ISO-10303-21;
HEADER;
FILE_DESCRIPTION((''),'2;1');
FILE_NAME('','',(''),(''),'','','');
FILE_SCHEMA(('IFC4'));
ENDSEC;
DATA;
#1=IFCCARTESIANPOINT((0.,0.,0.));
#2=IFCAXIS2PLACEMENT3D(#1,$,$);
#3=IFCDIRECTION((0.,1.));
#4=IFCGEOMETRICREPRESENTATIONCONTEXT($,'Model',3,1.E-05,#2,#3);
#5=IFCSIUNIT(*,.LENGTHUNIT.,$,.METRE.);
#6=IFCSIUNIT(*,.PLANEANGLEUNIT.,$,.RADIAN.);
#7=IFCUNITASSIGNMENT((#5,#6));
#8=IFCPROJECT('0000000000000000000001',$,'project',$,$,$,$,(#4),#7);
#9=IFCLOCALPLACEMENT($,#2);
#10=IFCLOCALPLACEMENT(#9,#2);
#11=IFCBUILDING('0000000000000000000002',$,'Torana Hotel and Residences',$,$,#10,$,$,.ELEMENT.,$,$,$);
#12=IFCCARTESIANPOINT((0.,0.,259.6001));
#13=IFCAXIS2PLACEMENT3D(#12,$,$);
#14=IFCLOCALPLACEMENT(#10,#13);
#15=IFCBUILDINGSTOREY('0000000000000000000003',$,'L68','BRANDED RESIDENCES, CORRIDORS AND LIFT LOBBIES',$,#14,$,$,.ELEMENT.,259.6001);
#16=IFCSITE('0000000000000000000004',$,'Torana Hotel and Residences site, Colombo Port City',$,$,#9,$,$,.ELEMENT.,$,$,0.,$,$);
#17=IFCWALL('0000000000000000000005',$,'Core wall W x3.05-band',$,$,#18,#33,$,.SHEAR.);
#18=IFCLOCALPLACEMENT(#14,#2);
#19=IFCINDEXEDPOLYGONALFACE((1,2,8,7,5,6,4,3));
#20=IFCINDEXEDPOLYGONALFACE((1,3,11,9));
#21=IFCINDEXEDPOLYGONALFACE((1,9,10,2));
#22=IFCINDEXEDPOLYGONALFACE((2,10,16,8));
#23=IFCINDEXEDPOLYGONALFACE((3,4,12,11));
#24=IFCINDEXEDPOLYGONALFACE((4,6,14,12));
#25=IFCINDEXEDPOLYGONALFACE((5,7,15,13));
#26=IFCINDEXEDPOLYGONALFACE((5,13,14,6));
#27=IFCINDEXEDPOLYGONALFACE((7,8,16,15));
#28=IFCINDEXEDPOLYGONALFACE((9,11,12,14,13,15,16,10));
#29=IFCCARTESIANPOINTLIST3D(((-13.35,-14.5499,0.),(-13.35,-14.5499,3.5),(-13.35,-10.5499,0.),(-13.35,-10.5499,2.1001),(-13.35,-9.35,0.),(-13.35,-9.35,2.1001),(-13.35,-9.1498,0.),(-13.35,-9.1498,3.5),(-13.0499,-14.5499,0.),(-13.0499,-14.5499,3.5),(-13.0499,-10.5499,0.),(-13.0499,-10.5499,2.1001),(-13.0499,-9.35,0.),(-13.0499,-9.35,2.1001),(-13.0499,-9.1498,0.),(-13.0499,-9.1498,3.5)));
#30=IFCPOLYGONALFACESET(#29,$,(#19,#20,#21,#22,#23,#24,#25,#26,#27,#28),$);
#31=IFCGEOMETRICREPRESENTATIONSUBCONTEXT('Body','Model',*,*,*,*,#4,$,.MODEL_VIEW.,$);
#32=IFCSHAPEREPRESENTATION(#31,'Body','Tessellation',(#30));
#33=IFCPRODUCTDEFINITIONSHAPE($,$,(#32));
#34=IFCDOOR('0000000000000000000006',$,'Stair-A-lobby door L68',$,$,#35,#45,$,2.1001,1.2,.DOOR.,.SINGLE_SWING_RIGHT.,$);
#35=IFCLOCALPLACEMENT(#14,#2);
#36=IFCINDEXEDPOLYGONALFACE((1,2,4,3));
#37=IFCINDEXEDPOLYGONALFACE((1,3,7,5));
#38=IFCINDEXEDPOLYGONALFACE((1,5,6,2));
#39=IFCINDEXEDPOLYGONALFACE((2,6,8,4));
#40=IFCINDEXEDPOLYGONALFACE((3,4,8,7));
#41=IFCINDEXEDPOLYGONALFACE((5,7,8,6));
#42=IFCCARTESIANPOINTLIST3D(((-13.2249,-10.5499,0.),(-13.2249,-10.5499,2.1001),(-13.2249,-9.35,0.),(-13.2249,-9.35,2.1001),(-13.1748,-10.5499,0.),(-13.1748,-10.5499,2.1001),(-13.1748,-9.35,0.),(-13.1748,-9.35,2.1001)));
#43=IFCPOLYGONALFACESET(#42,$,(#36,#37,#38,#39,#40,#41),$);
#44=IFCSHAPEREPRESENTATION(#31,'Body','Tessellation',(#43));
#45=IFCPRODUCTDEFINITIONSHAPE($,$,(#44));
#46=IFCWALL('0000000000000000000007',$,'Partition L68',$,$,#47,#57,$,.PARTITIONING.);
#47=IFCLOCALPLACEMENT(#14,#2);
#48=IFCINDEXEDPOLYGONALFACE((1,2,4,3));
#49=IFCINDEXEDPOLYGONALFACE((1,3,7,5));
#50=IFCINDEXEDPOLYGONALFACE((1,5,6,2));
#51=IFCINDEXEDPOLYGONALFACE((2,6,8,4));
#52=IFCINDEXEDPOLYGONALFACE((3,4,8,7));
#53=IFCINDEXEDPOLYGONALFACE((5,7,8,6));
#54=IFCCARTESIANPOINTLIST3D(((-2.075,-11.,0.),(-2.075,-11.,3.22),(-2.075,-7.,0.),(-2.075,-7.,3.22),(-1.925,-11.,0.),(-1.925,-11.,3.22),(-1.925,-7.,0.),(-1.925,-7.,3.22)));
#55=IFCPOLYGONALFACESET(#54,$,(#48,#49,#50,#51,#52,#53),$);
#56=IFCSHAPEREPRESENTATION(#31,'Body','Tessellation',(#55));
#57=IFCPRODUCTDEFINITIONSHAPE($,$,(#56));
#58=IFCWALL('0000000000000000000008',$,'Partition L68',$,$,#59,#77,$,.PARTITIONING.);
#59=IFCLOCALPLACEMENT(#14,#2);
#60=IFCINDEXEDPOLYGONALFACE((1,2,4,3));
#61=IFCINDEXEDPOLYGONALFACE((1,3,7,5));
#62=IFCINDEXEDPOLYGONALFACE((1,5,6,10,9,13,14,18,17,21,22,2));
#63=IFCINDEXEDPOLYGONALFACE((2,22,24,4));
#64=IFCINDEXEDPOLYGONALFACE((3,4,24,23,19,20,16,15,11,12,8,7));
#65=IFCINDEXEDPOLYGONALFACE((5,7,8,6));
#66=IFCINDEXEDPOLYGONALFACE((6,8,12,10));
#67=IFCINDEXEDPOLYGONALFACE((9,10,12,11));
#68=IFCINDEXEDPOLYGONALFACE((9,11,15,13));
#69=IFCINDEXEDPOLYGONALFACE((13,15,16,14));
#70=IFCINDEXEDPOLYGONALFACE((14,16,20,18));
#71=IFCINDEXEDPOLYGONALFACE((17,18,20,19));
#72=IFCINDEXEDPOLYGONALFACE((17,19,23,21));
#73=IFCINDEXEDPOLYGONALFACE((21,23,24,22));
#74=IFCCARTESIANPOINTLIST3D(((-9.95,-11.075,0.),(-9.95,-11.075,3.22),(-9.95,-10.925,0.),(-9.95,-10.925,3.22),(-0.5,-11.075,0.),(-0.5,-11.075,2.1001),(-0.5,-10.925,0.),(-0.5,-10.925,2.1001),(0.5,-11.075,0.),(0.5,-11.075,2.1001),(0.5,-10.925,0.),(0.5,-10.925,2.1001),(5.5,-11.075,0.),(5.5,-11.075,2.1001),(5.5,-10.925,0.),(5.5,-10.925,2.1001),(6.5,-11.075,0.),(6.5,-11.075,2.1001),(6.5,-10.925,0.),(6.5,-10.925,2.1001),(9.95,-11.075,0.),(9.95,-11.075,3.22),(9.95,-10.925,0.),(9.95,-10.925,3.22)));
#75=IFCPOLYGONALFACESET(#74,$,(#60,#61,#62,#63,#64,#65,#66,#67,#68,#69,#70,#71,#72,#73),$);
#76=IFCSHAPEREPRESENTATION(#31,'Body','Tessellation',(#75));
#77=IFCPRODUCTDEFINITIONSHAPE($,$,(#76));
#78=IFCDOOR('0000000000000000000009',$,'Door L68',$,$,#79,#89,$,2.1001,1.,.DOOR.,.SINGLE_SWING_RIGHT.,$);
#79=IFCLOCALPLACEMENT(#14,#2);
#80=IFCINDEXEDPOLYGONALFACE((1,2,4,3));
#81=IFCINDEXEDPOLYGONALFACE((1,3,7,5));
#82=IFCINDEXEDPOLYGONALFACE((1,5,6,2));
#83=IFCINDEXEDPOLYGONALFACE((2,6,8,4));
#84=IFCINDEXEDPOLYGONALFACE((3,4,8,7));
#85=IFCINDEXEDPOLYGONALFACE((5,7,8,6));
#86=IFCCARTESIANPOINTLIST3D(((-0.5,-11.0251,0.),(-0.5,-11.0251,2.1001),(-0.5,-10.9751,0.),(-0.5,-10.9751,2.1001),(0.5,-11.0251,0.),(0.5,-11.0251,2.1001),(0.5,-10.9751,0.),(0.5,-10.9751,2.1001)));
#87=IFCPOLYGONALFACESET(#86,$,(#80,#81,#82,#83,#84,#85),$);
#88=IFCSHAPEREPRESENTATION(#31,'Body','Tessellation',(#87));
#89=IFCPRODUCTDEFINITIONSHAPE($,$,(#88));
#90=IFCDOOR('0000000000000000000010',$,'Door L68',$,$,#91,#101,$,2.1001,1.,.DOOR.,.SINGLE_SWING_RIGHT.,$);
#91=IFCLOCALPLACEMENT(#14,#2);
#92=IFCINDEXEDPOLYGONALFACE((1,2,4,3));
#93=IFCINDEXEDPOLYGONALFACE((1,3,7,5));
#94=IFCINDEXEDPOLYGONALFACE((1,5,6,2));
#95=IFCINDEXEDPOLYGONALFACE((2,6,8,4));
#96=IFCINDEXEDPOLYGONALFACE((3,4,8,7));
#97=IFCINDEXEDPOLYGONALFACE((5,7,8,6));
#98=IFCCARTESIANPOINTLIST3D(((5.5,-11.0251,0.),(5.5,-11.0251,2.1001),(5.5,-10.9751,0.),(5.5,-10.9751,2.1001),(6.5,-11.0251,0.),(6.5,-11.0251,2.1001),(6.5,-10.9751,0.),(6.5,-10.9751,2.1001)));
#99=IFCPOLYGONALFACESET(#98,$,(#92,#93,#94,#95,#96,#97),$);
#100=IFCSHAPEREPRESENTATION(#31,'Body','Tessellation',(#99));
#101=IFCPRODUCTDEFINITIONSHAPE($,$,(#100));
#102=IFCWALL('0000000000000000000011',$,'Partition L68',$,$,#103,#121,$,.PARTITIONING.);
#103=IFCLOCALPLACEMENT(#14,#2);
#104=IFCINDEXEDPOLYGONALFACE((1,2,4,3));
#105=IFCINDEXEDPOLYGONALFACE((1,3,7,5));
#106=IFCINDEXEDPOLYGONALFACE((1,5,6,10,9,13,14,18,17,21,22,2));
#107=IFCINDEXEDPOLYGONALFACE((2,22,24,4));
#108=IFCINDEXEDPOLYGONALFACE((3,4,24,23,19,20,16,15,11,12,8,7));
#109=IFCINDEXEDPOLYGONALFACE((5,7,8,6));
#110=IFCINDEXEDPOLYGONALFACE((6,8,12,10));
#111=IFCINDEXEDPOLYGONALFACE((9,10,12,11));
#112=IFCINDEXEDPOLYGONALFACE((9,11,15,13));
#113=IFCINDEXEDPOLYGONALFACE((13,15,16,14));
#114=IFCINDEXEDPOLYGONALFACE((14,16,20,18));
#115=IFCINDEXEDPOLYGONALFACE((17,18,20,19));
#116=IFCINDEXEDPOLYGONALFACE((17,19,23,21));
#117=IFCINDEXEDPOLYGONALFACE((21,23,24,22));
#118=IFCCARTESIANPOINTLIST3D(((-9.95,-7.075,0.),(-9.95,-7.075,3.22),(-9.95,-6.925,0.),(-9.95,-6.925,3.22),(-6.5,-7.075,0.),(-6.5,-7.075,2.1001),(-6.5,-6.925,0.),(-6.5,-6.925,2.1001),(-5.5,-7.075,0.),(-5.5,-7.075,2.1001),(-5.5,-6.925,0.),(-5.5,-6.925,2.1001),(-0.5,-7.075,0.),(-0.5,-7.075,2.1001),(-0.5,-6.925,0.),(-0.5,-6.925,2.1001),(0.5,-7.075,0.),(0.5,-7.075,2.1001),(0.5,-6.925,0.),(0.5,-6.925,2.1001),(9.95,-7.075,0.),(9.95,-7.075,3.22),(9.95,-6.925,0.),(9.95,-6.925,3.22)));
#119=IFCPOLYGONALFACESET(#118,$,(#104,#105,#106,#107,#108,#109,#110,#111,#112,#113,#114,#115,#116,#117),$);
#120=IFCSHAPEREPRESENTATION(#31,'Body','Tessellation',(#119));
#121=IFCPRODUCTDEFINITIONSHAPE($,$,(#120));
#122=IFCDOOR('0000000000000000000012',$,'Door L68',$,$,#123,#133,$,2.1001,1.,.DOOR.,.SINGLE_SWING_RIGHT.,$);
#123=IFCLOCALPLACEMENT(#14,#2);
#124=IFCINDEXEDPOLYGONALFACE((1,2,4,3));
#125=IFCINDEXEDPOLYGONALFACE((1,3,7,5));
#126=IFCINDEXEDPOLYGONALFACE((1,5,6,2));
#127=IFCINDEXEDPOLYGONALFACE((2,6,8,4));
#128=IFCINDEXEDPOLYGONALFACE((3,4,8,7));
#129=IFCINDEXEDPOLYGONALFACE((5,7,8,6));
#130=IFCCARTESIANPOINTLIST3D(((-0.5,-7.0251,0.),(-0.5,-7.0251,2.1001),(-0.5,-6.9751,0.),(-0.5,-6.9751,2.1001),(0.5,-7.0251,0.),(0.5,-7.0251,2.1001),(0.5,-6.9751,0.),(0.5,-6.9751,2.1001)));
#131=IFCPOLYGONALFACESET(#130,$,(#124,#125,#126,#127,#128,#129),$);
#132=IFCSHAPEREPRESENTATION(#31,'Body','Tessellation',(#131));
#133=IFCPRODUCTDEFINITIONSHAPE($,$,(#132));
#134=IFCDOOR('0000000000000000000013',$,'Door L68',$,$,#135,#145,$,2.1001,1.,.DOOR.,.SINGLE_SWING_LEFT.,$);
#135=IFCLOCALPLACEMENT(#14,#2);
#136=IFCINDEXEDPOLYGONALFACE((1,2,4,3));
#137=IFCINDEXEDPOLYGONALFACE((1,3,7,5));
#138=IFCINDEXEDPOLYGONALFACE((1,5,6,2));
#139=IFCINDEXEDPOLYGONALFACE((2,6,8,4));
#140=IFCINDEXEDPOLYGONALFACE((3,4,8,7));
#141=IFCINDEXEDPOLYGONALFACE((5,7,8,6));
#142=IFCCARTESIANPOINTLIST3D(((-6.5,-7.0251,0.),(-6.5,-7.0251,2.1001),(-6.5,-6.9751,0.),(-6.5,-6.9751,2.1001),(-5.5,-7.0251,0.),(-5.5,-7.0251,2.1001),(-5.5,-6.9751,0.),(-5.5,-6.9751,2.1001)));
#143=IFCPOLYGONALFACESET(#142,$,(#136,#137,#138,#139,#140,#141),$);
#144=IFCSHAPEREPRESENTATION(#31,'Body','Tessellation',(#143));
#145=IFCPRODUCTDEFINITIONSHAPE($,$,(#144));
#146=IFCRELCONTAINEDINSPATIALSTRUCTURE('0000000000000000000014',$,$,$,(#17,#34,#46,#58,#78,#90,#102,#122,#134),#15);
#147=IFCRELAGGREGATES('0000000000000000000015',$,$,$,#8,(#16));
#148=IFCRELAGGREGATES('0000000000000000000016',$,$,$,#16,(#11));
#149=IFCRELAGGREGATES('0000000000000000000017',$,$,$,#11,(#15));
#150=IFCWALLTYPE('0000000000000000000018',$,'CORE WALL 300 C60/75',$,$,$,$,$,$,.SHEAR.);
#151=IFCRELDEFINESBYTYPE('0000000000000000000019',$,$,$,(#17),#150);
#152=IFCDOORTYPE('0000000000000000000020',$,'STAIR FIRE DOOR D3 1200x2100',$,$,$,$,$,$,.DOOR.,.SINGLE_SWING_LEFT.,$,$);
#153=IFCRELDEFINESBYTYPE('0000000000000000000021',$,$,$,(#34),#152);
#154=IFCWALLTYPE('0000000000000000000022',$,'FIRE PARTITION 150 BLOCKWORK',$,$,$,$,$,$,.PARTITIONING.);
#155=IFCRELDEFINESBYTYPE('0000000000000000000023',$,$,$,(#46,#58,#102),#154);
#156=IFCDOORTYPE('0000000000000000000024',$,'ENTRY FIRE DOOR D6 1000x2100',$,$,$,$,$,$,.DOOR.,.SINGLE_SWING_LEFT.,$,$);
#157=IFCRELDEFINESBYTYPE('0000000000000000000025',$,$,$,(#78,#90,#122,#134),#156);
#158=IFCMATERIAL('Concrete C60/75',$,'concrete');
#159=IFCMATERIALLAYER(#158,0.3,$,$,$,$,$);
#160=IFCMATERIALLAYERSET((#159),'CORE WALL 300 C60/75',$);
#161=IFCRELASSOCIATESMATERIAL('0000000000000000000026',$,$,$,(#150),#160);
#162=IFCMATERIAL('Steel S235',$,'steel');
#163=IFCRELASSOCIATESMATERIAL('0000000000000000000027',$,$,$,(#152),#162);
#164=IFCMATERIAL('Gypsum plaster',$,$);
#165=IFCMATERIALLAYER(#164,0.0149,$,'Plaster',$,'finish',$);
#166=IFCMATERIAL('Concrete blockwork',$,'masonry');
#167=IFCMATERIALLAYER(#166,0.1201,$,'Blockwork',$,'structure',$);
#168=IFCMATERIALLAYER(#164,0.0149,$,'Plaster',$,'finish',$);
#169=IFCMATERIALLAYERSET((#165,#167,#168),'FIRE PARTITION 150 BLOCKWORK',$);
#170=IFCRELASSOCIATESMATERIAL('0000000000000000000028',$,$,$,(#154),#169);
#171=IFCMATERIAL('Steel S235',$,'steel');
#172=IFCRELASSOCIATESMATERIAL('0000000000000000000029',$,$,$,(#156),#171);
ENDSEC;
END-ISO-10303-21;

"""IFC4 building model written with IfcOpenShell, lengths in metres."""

from ifc_helpers import new_model, si_unit, direction, frame, frame_2d, origin, place, context, subcontext, project, spatial, rectangle, extrude, material, layer, layer_set, type_object, element, fill, save


model = new_model("IFC4")

# Units and contexts
model_context = context("Model", 3, precision=1e-05, world=origin(), true_north=direction((0.0, 1.0)))
body_context = subcontext(model_context, "Body", "Model", "MODEL_VIEW")
ifc_project = project(units=[si_unit("LENGTHUNIT", "METRE"), si_unit("PLANEANGLEUNIT", "RADIAN")], contexts=[model_context])

# Site, building, storey
site_placement = place(None, origin())
site = spatial("IfcSite", under=ifc_project, at=site_placement, Name="Torana Hotel and Residences site, Colombo Port City", CompositionType="ELEMENT", RefElevation=0.0)
building_placement = place(site_placement, origin())
building = spatial("IfcBuilding", under=site, at=building_placement, Name="Torana Hotel and Residences", CompositionType="ELEMENT")
storey_placement = place(building_placement, frame((0.0, 0.0, 259.6001)))
storey = spatial("IfcBuildingStorey", under=building, at=storey_placement, Name="L68", Description="BRANDED RESIDENCES, CORRIDORS AND LIFT LOBBIES", CompositionType="ELEMENT", Elevation=259.6001)

# Shared definitions
ifc_material_1 = material(Name="Concrete C60/75", Category="concrete")
ifc_layer_1 = layer(ifc_material_1, 0.3)
ifc_layer_set_1 = layer_set([ifc_layer_1], Name="CORE WALL 300 C60/75")
wall_type_1 = type_object("IfcWallType", Name="CORE WALL 300 C60/75", PredefinedType="SHEAR", material=ifc_layer_set_1)

# Wall, opening, door
wall_1_placement = place(storey_placement, frame((-13.2, -14.55, 0.0), z_axis=(0.0, 0.0, 1.0), x_axis=(0.0, 1.0, 0.0)))
wall_1 = element("IfcWall", 1, at=wall_1_placement, inside=storey, type_object=wall_type_1, Name="Core wall W x3.05-band", PredefinedType="SHEAR", context=body_context, shape_type="SweptSolid", body=[
    extrude(rectangle(XDim=5.4001, YDim=0.3, at=frame_2d((2.7002, 0.0))), origin(), (0.0, 0.0, 1.0), 3.5),
])
opening_1_placement = place(wall_1_placement, frame((4.0, 0.0, 0.0)))
opening_1 = element("IfcOpeningElement", 2, at=opening_1_placement, cuts=wall_1, PredefinedType="OPENING", context=body_context, shape_type="SweptSolid", body=[
    extrude(rectangle(XDim=1.2, YDim=2.1001, at=frame_2d((0.6001, 1.05))), frame((0.0, 0.1599, 0.0), z_axis=(0.0, -1.0, 0.0), x_axis=(1.0, 0.0, 0.0)), (0.0, 0.0, 1.0), 0.3201),
])
ifc_material_2 = material(Name="Steel S235", Category="steel")
door_type_1 = type_object("IfcDoorType", Name="STAIR FIRE DOOR D3 1200x2100", OperationType="SINGLE_SWING_LEFT", PredefinedType="DOOR", material=ifc_material_2)
door_1_placement = place(opening_1_placement, frame((0.6001, 0.0, 0.0), z_axis=(0.0, 0.0, 1.0), x_axis=(-1.0, 0.0, 0.0)))
door_1 = element("IfcDoor", 3, at=door_1_placement, inside=storey, type_object=door_type_1, Name="Stair-A-lobby door L68", OperationType="SINGLE_SWING_RIGHT", OverallHeight=2.1001, OverallWidth=1.2, PredefinedType="DOOR", context=body_context, shape_type="SweptSolid", body=[
    extrude(rectangle(XDim=1.2, YDim=2.1001, at=frame_2d((0.0, 1.05))), frame((0.0, -0.0249, 0.0), z_axis=(0.0, 1.0, 0.0), x_axis=(-1.0, 0.0, 0.0)), (0.0, 0.0, 1.0), 0.05),
])
fill(opening_1, door_1)

# Wall
ifc_material_3 = material(Name="Gypsum plaster")
ifc_layer_2 = layer(ifc_material_3, 0.0149, Name="Plaster", Category="finish")
ifc_material_4 = material(Name="Concrete blockwork", Category="masonry")
ifc_layer_3 = layer(ifc_material_4, 0.1201, Name="Blockwork", Category="structure")
ifc_layer_4 = layer(ifc_material_3, 0.0149, Name="Plaster", Category="finish")
ifc_layer_set_2 = layer_set([ifc_layer_2, ifc_layer_3, ifc_layer_4], Name="FIRE PARTITION 150 BLOCKWORK")
wall_type_2 = type_object("IfcWallType", Name="FIRE PARTITION 150 BLOCKWORK", PredefinedType="PARTITIONING", material=ifc_layer_set_2)
wall_2_placement = place(storey_placement, frame((-2.0, -11.0, 0.0), z_axis=(0.0, 0.0, 1.0), x_axis=(0.0, 1.0, 0.0)))
element("IfcWall", 4, at=wall_2_placement, inside=storey, type_object=wall_type_2, Name="Partition L68", PredefinedType="PARTITIONING", context=body_context, shape_type="SweptSolid", body=[
    extrude(rectangle(XDim=4.0, YDim=0.1499, at=frame_2d((2.0, 0.0))), origin(), (0.0, 0.0, 1.0), 3.22),
])

# Walls, openings, doors
wall_3_placement = place(storey_placement, frame((-9.95, -11.0, 0.0), z_axis=(0.0, 0.0, 1.0), x_axis=(1.0, 0.0, 0.0)))
wall_3 = element("IfcWall", 5, at=wall_3_placement, inside=storey, type_object=wall_type_2, Name="Partition L68", PredefinedType="PARTITIONING", context=body_context, shape_type="SweptSolid", body=[
    extrude(rectangle(XDim=19.8999, YDim=0.1499, at=frame_2d((9.95, 0.0))), origin(), (0.0, 0.0, 1.0), 3.22),
])
opening_2_placement = place(wall_3_placement, frame((9.45, 0.0, 0.0)))
opening_2 = element("IfcOpeningElement", 6, at=opening_2_placement, cuts=wall_3, PredefinedType="OPENING", context=body_context, shape_type="SweptSolid", body=[
    extrude(rectangle(XDim=1.0, YDim=2.1001, at=frame_2d((0.5, 1.05))), frame((0.0, 0.085, 0.0), z_axis=(0.0, -1.0, 0.0), x_axis=(1.0, 0.0, 0.0)), (0.0, 0.0, 1.0), 0.1699),
])
opening_3_placement = place(wall_3_placement, frame((15.45, 0.0, 0.0)))
opening_3 = element("IfcOpeningElement", 7, at=opening_3_placement, cuts=wall_3, PredefinedType="OPENING", context=body_context, shape_type="SweptSolid", body=[
    extrude(rectangle(XDim=1.0, YDim=2.1001, at=frame_2d((0.5, 1.05))), frame((0.0, 0.085, 0.0), z_axis=(0.0, -1.0, 0.0), x_axis=(1.0, 0.0, 0.0)), (0.0, 0.0, 1.0), 0.1699),
])
ifc_material_5 = material(Name="Steel S235", Category="steel")
door_type_2 = type_object("IfcDoorType", Name="ENTRY FIRE DOOR D6 1000x2100", OperationType="SINGLE_SWING_LEFT", PredefinedType="DOOR", material=ifc_material_5)
door_2_placement = place(opening_2_placement, origin())
door_2 = element("IfcDoor", 8, at=door_2_placement, inside=storey, type_object=door_type_2, Name="Door L68", OperationType="SINGLE_SWING_RIGHT", OverallHeight=2.1001, OverallWidth=1.0, PredefinedType="DOOR", context=body_context, shape_type="SweptSolid", body=[
    extrude(rectangle(XDim=1.0, YDim=2.1001, at=frame_2d((0.5, 1.05))), frame((0.0, 0.0249, 0.0), z_axis=(0.0, -1.0, 0.0), x_axis=(1.0, 0.0, 0.0)), (0.0, 0.0, 1.0), 0.05),
])
fill(opening_2, door_2)
door_3_placement = place(opening_3_placement, origin())
door_3 = element("IfcDoor", 9, at=door_3_placement, inside=storey, type_object=door_type_2, Name="Door L68", OperationType="SINGLE_SWING_RIGHT", OverallHeight=2.1001, OverallWidth=1.0, PredefinedType="DOOR", context=body_context, shape_type="SweptSolid", body=[
    extrude(rectangle(XDim=1.0, YDim=2.1001, at=frame_2d((0.5, 1.05))), frame((0.0, 0.0249, 0.0), z_axis=(0.0, -1.0, 0.0), x_axis=(1.0, 0.0, 0.0)), (0.0, 0.0, 1.0), 0.05),
])
fill(opening_3, door_3)
wall_4_placement = place(storey_placement, frame((-9.95, -7.0, 0.0), z_axis=(0.0, 0.0, 1.0), x_axis=(1.0, 0.0, 0.0)))
wall_4 = element("IfcWall", 10, at=wall_4_placement, inside=storey, type_object=wall_type_2, Name="Partition L68", PredefinedType="PARTITIONING", context=body_context, shape_type="SweptSolid", body=[
    extrude(rectangle(XDim=19.8999, YDim=0.1499, at=frame_2d((9.95, 0.0))), origin(), (0.0, 0.0, 1.0), 3.22),
])
opening_4_placement = place(wall_4_placement, frame((9.45, 0.0, 0.0)))
opening_4 = element("IfcOpeningElement", 11, at=opening_4_placement, cuts=wall_4, PredefinedType="OPENING", context=body_context, shape_type="SweptSolid", body=[
    extrude(rectangle(XDim=1.0, YDim=2.1001, at=frame_2d((0.5, 1.05))), frame((0.0, 0.085, 0.0), z_axis=(0.0, -1.0, 0.0), x_axis=(1.0, 0.0, 0.0)), (0.0, 0.0, 1.0), 0.1699),
])
opening_5_placement = place(wall_4_placement, frame((3.45, 0.0, 0.0)))
opening_5 = element("IfcOpeningElement", 12, at=opening_5_placement, cuts=wall_4, PredefinedType="OPENING", context=body_context, shape_type="SweptSolid", body=[
    extrude(rectangle(XDim=1.0, YDim=2.1001, at=frame_2d((0.5, 1.05))), frame((0.0, 0.085, 0.0), z_axis=(0.0, -1.0, 0.0), x_axis=(1.0, 0.0, 0.0)), (0.0, 0.0, 1.0), 0.1699),
])
door_4_placement = place(opening_4_placement, origin())
door_4 = element("IfcDoor", 13, at=door_4_placement, inside=storey, type_object=door_type_2, Name="Door L68", OperationType="SINGLE_SWING_RIGHT", OverallHeight=2.1001, OverallWidth=1.0, PredefinedType="DOOR", context=body_context, shape_type="SweptSolid", body=[
    extrude(rectangle(XDim=1.0, YDim=2.1001, at=frame_2d((0.5, 1.05))), frame((0.0, 0.0249, 0.0), z_axis=(0.0, -1.0, 0.0), x_axis=(1.0, 0.0, 0.0)), (0.0, 0.0, 1.0), 0.05),
])
fill(opening_4, door_4)
door_5_placement = place(opening_5_placement, frame((0.5, 0.0, 0.0), z_axis=(0.0, 0.0, 1.0), x_axis=(-1.0, 0.0, 0.0)))
door_5 = element("IfcDoor", 14, at=door_5_placement, inside=storey, type_object=door_type_2, Name="Door L68", OperationType="SINGLE_SWING_LEFT", OverallHeight=2.1001, OverallWidth=1.0, PredefinedType="DOOR", context=body_context, shape_type="SweptSolid", body=[
    extrude(rectangle(XDim=1.0, YDim=2.1001, at=frame_2d((0.0, 1.05))), frame((0.0, -0.0249, 0.0), z_axis=(0.0, 1.0, 0.0), x_axis=(-1.0, 0.0, 0.0)), (0.0, 0.0, 1.0), 0.05),
])
fill(opening_5, door_5)

save(model, "model.ifc")
